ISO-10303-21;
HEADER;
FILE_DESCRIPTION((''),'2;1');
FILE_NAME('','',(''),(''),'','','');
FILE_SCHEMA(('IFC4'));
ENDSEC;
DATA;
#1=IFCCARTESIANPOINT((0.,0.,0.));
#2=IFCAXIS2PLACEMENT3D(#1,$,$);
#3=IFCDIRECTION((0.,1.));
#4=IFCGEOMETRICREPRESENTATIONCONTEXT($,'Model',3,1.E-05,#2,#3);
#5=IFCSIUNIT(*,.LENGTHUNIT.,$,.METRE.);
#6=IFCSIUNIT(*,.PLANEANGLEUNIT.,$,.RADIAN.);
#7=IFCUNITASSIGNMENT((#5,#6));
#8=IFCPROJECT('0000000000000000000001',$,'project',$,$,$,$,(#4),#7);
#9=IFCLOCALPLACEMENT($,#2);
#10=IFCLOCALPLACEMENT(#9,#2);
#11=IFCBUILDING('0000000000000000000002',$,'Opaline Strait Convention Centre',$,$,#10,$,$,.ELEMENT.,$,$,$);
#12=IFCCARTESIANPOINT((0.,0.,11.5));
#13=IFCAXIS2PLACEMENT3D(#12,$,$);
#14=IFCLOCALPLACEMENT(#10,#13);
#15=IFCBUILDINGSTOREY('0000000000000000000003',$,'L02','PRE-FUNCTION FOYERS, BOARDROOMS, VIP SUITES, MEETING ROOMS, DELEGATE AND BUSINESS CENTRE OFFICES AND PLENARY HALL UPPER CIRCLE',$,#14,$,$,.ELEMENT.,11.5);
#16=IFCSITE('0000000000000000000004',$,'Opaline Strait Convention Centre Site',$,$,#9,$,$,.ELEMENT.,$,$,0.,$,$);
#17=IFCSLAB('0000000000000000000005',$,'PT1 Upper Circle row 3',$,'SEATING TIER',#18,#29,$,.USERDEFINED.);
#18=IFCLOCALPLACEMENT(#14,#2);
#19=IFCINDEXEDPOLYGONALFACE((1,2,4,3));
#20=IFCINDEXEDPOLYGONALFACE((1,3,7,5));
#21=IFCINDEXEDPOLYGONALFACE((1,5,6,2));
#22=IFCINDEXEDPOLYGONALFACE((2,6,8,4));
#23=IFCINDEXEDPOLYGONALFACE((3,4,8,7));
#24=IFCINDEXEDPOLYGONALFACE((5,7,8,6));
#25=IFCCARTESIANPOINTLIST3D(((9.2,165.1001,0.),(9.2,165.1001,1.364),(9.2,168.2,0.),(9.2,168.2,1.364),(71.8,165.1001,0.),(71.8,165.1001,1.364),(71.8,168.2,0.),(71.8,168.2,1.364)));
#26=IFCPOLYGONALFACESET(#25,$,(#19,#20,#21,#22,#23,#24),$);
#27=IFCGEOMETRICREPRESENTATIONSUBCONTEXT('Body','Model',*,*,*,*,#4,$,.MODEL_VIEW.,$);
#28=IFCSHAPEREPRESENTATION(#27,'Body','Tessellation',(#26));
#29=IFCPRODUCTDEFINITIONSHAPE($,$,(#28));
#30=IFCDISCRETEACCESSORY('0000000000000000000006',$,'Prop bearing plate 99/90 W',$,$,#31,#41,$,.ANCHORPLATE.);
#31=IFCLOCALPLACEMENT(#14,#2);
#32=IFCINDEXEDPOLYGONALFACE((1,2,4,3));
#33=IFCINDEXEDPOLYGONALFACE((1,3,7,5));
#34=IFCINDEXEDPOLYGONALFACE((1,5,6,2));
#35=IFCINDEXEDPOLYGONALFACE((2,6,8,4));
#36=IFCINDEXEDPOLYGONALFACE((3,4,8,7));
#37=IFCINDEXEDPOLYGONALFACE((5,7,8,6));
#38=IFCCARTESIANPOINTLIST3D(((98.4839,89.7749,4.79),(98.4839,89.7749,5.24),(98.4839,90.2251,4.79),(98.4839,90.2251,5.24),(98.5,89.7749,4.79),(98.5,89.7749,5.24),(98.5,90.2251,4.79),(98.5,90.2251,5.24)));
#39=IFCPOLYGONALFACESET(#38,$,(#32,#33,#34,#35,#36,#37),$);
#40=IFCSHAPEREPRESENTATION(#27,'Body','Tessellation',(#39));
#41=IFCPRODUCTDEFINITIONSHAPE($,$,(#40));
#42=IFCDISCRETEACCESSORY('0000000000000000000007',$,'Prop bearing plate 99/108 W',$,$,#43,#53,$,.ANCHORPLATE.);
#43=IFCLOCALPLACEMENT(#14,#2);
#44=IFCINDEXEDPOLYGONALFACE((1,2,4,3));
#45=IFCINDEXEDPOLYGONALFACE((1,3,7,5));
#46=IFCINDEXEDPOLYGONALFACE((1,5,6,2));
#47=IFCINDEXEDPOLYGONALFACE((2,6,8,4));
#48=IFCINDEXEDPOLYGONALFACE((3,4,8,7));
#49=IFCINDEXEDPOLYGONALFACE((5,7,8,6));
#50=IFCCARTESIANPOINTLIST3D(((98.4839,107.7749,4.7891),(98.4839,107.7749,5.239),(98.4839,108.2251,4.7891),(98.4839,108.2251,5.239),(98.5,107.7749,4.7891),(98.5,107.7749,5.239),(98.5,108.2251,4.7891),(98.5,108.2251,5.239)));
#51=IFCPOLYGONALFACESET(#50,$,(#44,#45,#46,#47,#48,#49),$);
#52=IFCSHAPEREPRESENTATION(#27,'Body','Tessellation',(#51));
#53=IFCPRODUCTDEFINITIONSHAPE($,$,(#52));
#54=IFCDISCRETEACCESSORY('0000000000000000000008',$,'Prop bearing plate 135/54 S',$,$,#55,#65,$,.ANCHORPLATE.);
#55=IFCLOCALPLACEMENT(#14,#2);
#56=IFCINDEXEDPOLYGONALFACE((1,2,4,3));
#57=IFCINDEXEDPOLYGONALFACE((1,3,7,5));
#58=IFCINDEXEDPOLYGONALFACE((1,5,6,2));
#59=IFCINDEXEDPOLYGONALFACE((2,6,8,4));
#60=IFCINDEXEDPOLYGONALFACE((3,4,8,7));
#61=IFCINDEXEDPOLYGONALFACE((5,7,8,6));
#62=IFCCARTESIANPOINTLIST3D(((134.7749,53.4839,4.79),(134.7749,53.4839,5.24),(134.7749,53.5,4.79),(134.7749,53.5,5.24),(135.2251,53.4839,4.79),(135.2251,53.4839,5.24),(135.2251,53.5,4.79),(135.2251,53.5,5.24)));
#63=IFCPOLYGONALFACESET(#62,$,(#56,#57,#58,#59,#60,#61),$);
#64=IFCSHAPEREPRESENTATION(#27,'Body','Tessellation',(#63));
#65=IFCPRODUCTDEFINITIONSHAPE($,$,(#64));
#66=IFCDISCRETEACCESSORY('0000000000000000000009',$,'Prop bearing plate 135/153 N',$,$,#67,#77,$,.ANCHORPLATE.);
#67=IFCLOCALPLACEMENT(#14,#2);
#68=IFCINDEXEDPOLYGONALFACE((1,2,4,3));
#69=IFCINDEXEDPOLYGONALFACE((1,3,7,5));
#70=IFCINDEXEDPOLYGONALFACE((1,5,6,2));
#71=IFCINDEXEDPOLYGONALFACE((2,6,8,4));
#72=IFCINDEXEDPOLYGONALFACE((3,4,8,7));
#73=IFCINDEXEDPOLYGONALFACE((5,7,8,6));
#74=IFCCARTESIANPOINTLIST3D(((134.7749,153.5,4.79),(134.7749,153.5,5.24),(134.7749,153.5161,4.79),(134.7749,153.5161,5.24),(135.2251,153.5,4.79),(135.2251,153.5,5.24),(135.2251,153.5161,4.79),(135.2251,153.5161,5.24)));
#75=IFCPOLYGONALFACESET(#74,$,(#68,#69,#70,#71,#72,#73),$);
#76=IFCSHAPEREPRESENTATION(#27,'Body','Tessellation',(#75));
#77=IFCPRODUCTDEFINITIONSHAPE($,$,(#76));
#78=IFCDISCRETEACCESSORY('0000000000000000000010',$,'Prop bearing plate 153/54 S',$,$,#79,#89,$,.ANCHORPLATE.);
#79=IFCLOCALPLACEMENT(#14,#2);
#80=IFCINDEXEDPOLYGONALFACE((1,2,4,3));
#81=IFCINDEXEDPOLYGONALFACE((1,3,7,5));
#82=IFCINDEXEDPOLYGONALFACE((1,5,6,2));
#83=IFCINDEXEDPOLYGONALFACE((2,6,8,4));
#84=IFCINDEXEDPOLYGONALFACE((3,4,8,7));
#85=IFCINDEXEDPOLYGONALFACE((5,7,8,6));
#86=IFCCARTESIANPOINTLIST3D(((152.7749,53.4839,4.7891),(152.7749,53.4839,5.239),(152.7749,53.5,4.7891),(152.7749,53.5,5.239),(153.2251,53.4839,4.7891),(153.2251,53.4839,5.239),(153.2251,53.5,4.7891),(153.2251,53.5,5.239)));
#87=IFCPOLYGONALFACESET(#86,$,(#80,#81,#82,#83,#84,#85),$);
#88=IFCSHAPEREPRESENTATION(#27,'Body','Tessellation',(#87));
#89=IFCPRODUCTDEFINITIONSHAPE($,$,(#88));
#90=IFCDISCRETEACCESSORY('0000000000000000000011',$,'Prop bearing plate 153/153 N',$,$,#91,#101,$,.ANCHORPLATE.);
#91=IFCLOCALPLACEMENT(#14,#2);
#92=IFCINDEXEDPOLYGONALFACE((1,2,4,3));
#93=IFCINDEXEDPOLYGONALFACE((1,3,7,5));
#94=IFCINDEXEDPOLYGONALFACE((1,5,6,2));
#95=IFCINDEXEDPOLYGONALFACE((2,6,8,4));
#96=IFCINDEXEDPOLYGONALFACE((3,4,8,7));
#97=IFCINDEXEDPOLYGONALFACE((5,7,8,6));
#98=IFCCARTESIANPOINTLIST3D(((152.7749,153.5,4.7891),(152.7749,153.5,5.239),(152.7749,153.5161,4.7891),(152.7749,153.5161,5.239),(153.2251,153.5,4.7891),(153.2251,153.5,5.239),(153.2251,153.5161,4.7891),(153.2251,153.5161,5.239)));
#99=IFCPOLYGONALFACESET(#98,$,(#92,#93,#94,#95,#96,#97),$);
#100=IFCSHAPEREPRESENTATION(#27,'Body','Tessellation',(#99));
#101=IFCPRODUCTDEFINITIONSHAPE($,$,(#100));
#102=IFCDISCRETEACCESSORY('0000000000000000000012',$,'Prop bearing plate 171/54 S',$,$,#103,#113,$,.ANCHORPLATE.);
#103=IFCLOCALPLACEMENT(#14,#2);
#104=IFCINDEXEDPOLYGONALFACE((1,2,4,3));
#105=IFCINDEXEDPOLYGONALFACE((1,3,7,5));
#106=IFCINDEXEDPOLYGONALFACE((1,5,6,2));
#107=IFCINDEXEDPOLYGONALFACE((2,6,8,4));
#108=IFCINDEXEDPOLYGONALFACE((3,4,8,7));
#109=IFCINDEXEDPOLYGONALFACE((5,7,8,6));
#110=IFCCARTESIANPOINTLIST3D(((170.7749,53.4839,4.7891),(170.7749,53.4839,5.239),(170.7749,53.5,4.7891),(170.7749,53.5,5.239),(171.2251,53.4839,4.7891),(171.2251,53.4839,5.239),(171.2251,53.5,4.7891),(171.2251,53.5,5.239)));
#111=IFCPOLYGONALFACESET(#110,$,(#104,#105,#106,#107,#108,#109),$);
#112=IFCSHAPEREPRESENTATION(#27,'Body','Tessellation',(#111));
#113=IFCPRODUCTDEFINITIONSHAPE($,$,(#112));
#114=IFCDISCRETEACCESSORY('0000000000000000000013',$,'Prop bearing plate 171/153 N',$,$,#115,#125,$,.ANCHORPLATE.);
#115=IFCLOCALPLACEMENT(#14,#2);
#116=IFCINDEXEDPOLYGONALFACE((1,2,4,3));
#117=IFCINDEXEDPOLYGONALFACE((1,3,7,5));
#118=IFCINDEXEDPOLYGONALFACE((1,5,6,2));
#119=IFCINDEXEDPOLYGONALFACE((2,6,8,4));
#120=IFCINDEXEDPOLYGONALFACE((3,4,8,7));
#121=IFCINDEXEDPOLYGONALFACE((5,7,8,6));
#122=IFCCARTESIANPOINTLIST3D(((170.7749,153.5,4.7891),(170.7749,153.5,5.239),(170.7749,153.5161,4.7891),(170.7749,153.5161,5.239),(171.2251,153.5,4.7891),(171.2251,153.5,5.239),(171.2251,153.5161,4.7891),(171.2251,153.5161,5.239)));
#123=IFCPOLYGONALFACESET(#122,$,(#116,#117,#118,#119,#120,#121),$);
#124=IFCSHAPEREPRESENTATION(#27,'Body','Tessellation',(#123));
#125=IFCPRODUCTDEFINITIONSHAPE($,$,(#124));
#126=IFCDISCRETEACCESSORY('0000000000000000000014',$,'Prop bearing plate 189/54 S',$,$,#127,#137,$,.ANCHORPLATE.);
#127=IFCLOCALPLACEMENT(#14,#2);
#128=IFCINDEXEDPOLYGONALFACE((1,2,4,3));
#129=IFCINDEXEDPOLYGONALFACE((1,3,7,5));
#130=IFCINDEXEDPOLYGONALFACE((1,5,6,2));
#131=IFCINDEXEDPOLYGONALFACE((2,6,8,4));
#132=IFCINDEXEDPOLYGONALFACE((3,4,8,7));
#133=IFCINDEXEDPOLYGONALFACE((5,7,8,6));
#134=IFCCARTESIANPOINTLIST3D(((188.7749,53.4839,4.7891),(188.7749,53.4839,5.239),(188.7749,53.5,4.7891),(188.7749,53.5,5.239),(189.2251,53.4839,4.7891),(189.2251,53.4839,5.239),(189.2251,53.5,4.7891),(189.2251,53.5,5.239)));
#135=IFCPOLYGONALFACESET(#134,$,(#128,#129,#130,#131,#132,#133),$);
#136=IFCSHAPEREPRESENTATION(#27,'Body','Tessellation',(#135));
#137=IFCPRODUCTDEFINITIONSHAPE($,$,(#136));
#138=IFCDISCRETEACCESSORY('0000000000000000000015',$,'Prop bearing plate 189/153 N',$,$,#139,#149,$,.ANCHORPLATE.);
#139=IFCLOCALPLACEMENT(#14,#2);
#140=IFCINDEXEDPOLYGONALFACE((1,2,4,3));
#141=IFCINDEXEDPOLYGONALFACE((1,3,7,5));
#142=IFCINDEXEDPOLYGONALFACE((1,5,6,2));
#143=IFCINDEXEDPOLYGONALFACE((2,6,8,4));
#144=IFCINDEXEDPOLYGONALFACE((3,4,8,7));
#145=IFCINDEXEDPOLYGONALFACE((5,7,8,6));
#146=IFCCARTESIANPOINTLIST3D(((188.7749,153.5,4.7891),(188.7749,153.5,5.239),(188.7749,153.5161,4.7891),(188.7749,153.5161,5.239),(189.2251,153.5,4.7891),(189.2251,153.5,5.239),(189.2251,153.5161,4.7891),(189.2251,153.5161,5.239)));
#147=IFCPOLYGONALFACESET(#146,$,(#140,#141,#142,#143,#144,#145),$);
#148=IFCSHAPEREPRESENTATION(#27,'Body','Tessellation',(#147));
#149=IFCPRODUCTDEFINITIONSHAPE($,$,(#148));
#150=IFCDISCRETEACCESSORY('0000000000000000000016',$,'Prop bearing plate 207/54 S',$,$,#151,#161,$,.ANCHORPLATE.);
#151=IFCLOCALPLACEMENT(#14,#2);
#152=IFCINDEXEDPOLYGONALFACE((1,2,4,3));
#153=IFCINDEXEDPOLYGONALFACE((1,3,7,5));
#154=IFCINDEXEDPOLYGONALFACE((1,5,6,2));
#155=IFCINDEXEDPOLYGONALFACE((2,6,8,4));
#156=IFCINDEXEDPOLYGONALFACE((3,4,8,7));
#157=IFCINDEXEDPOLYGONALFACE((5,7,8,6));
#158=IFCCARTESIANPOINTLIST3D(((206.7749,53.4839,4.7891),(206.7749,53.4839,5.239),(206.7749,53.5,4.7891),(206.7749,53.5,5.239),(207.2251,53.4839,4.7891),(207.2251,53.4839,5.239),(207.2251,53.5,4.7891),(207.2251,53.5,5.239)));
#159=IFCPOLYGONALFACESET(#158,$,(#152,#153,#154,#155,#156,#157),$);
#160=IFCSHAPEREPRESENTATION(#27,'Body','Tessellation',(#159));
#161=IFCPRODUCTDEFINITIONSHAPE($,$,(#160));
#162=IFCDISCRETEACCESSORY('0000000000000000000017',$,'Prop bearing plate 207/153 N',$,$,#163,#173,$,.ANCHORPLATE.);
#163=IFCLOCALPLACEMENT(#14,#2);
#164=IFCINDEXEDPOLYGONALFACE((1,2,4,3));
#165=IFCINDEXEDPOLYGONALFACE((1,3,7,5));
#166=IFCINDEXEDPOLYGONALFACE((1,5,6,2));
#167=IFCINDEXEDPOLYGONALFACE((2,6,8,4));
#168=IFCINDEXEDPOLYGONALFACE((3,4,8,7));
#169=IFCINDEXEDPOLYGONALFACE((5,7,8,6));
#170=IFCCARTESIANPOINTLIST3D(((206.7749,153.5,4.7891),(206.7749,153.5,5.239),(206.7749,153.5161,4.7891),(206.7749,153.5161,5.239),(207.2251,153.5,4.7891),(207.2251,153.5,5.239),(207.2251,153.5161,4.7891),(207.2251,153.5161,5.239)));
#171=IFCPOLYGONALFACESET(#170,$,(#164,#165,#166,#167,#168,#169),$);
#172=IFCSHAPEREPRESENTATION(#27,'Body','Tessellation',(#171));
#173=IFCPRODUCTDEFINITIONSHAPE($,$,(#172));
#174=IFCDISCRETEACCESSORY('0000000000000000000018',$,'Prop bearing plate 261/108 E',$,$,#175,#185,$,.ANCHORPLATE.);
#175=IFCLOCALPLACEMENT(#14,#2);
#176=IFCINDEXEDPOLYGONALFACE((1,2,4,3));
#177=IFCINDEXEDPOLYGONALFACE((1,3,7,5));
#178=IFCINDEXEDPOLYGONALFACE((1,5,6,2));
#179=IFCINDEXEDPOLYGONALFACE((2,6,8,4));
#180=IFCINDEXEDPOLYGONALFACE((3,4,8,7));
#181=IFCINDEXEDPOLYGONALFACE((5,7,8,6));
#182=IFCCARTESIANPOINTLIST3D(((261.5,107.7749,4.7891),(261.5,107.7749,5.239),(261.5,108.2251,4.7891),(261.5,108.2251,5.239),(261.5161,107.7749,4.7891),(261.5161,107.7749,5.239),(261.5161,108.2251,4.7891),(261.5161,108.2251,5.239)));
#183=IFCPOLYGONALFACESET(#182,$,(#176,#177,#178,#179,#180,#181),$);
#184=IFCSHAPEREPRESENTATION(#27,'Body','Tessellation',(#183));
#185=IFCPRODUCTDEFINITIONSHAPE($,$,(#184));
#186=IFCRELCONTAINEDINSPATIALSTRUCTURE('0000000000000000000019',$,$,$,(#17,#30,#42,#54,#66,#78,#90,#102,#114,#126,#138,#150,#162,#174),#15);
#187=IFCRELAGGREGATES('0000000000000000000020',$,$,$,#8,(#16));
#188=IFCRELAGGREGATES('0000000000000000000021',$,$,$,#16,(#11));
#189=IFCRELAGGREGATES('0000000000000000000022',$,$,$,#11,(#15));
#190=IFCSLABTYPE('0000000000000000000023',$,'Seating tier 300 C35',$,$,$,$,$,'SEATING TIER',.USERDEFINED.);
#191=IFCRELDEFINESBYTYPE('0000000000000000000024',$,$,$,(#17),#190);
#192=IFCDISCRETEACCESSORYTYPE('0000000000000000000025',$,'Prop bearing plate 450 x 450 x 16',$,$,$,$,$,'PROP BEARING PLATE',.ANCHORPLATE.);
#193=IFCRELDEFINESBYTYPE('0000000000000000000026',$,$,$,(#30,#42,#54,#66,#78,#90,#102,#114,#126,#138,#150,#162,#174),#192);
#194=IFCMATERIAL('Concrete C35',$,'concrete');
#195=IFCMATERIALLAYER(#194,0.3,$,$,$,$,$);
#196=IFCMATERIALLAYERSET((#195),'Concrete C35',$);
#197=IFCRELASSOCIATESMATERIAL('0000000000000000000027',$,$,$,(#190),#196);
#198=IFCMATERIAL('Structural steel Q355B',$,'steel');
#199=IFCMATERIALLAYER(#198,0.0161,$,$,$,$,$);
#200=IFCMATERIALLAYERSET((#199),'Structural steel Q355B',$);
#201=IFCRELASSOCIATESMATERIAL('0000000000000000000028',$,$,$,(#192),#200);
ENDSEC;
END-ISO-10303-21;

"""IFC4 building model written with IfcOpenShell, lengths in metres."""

from ifc_helpers import new_model, si_unit, direction, frame, origin, place, context, subcontext, project, spatial, polyline, outline, extrude, material, layer, layer_set, type_object, element, save


model = new_model("IFC4")

# Units and contexts
model_context = context("Model", 3, precision=1e-05, world=origin(), true_north=direction((0.0, 1.0)))
body_context = subcontext(model_context, "Body", "Model", "MODEL_VIEW")
ifc_project = project(units=[si_unit("LENGTHUNIT", "METRE"), si_unit("PLANEANGLEUNIT", "RADIAN")], contexts=[model_context])

# Site, building, storey
site_placement = place(None, origin())
site = spatial("IfcSite", under=ifc_project, at=site_placement, Name="Opaline Strait Convention Centre Site", CompositionType="ELEMENT", RefElevation=0.0)
building_placement = place(site_placement, origin())
building = spatial("IfcBuilding", under=site, at=building_placement, Name="Opaline Strait Convention Centre", CompositionType="ELEMENT")
storey_placement = place(building_placement, frame((0.0, 0.0, 11.5)))
storey = spatial("IfcBuildingStorey", under=building, at=storey_placement, Name="L02", Description="PRE-FUNCTION FOYERS, BOARDROOMS, VIP SUITES, MEETING ROOMS, DELEGATE AND BUSINESS CENTRE OFFICES AND PLENARY HALL UPPER CIRCLE", CompositionType="ELEMENT", Elevation=11.5)

# Slab
ifc_material_1 = material(Name="Concrete C35", Category="concrete")
ifc_layer_1 = layer(ifc_material_1, 0.3)
ifc_layer_set_1 = layer_set([ifc_layer_1], Name="Concrete C35")
slab_type_1 = type_object("IfcSlabType", Name="Seating tier 300 C35", ElementType="SEATING TIER", PredefinedType="USERDEFINED", material=ifc_layer_set_1)
slab_1_placement = place(storey_placement, origin())
element("IfcSlab", 1, at=slab_1_placement, inside=storey, type_object=slab_type_1, Name="PT1 Upper Circle row 3", ObjectType="SEATING TIER", PredefinedType="USERDEFINED", context=body_context, shape_type="SweptSolid", body=[
    extrude(outline(polyline([(9.2, 165.1001), (9.2, 168.2), (71.8, 168.2), (71.8, 165.1001), (9.2, 165.1001)])), origin(), (0.0, 0.0, 1.0), 1.364),
])

# Discrete accessories
ifc_material_2 = material(Name="Structural steel Q355B", Category="steel")
ifc_layer_2 = layer(ifc_material_2, 0.0161)
ifc_layer_set_2 = layer_set([ifc_layer_2], Name="Structural steel Q355B")
discrete_accessory_type_1 = type_object("IfcDiscreteAccessoryType", Name="Prop bearing plate 450 x 450 x 16", ElementType="PROP BEARING PLATE", PredefinedType="ANCHORPLATE", material=ifc_layer_set_2)
discrete_accessory_1_placement = place(storey_placement, frame((0.0, 0.0, 4.79)))
element("IfcDiscreteAccessory", 2, at=discrete_accessory_1_placement, inside=storey, type_object=discrete_accessory_type_1, Name="Prop bearing plate 99/90 W", PredefinedType="ANCHORPLATE", context=body_context, shape_type="SweptSolid", body=[
    extrude(outline(polyline([(98.4839, 89.7749), (98.5, 89.7749), (98.5, 90.2251), (98.4839, 90.2251), (98.4839, 89.7749)])), origin(), (0.0, 0.0, 1.0), 0.45),
])
discrete_accessory_2_placement = place(storey_placement, frame((0.0, 0.0, 4.7891)))
element("IfcDiscreteAccessory", 3, at=discrete_accessory_2_placement, inside=storey, type_object=discrete_accessory_type_1, Name="Prop bearing plate 99/108 W", PredefinedType="ANCHORPLATE", context=body_context, shape_type="SweptSolid", body=[
    extrude(outline(polyline([(98.4839, 107.7749), (98.5, 107.7749), (98.5, 108.2251), (98.4839, 108.2251), (98.4839, 107.7749)])), origin(), (0.0, 0.0, 1.0), 0.45),
])
discrete_accessory_3_placement = place(storey_placement, frame((0.0, 0.0, 4.79)))
element("IfcDiscreteAccessory", 4, at=discrete_accessory_3_placement, inside=storey, type_object=discrete_accessory_type_1, Name="Prop bearing plate 135/54 S", PredefinedType="ANCHORPLATE", context=body_context, shape_type="SweptSolid", body=[
    extrude(outline(polyline([(134.7749, 53.4839), (135.2251, 53.4839), (135.2251, 53.5), (134.7749, 53.5), (134.7749, 53.4839)])), origin(), (0.0, 0.0, 1.0), 0.45),
])
discrete_accessory_4_placement = place(storey_placement, frame((0.0, 0.0, 4.79)))
element("IfcDiscreteAccessory", 5, at=discrete_accessory_4_placement, inside=storey, type_object=discrete_accessory_type_1, Name="Prop bearing plate 135/153 N", PredefinedType="ANCHORPLATE", context=body_context, shape_type="SweptSolid", body=[
    extrude(outline(polyline([(134.7749, 153.5), (135.2251, 153.5), (135.2251, 153.5161), (134.7749, 153.5161), (134.7749, 153.5)])), origin(), (0.0, 0.0, 1.0), 0.45),
])
discrete_accessory_5_placement = place(storey_placement, frame((0.0, 0.0, 4.7891)))
element("IfcDiscreteAccessory", 6, at=discrete_accessory_5_placement, inside=storey, type_object=discrete_accessory_type_1, Name="Prop bearing plate 153/54 S", PredefinedType="ANCHORPLATE", context=body_context, shape_type="SweptSolid", body=[
    extrude(outline(polyline([(152.7749, 53.4839), (153.2251, 53.4839), (153.2251, 53.5), (152.7749, 53.5), (152.7749, 53.4839)])), origin(), (0.0, 0.0, 1.0), 0.45),
])
discrete_accessory_6_placement = place(storey_placement, frame((0.0, 0.0, 4.7891)))
element("IfcDiscreteAccessory", 7, at=discrete_accessory_6_placement, inside=storey, type_object=discrete_accessory_type_1, Name="Prop bearing plate 153/153 N", PredefinedType="ANCHORPLATE", context=body_context, shape_type="SweptSolid", body=[
    extrude(outline(polyline([(152.7749, 153.5), (153.2251, 153.5), (153.2251, 153.5161), (152.7749, 153.5161), (152.7749, 153.5)])), origin(), (0.0, 0.0, 1.0), 0.45),
])
discrete_accessory_7_placement = place(storey_placement, frame((0.0, 0.0, 4.7891)))
element("IfcDiscreteAccessory", 8, at=discrete_accessory_7_placement, inside=storey, type_object=discrete_accessory_type_1, Name="Prop bearing plate 171/54 S", PredefinedType="ANCHORPLATE", context=body_context, shape_type="SweptSolid", body=[
    extrude(outline(polyline([(170.7749, 53.4839), (171.2251, 53.4839), (171.2251, 53.5), (170.7749, 53.5), (170.7749, 53.4839)])), origin(), (0.0, 0.0, 1.0), 0.45),
])
discrete_accessory_8_placement = place(storey_placement, frame((0.0, 0.0, 4.7891)))
element("IfcDiscreteAccessory", 9, at=discrete_accessory_8_placement, inside=storey, type_object=discrete_accessory_type_1, Name="Prop bearing plate 171/153 N", PredefinedType="ANCHORPLATE", context=body_context, shape_type="SweptSolid", body=[
    extrude(outline(polyline([(170.7749, 153.5), (171.2251, 153.5), (171.2251, 153.5161), (170.7749, 153.5161), (170.7749, 153.5)])), origin(), (0.0, 0.0, 1.0), 0.45),
])
discrete_accessory_9_placement = place(storey_placement, frame((0.0, 0.0, 4.7891)))
element("IfcDiscreteAccessory", 10, at=discrete_accessory_9_placement, inside=storey, type_object=discrete_accessory_type_1, Name="Prop bearing plate 189/54 S", PredefinedType="ANCHORPLATE", context=body_context, shape_type="SweptSolid", body=[
    extrude(outline(polyline([(188.7749, 53.4839), (189.2251, 53.4839), (189.2251, 53.5), (188.7749, 53.5), (188.7749, 53.4839)])), origin(), (0.0, 0.0, 1.0), 0.45),
])
discrete_accessory_10_placement = place(storey_placement, frame((0.0, 0.0, 4.7891)))
element("IfcDiscreteAccessory", 11, at=discrete_accessory_10_placement, inside=storey, type_object=discrete_accessory_type_1, Name="Prop bearing plate 189/153 N", PredefinedType="ANCHORPLATE", context=body_context, shape_type="SweptSolid", body=[
    extrude(outline(polyline([(188.7749, 153.5), (189.2251, 153.5), (189.2251, 153.5161), (188.7749, 153.5161), (188.7749, 153.5)])), origin(), (0.0, 0.0, 1.0), 0.45),
])
discrete_accessory_11_placement = place(storey_placement, frame((0.0, 0.0, 4.7891)))
element("IfcDiscreteAccessory", 12, at=discrete_accessory_11_placement, inside=storey, type_object=discrete_accessory_type_1, Name="Prop bearing plate 207/54 S", PredefinedType="ANCHORPLATE", context=body_context, shape_type="SweptSolid", body=[
    extrude(outline(polyline([(206.7749, 53.4839), (207.2251, 53.4839), (207.2251, 53.5), (206.7749, 53.5), (206.7749, 53.4839)])), origin(), (0.0, 0.0, 1.0), 0.45),
])
discrete_accessory_12_placement = place(storey_placement, frame((0.0, 0.0, 4.7891)))
element("IfcDiscreteAccessory", 13, at=discrete_accessory_12_placement, inside=storey, type_object=discrete_accessory_type_1, Name="Prop bearing plate 207/153 N", PredefinedType="ANCHORPLATE", context=body_context, shape_type="SweptSolid", body=[
    extrude(outline(polyline([(206.7749, 153.5), (207.2251, 153.5), (207.2251, 153.5161), (206.7749, 153.5161), (206.7749, 153.5)])), origin(), (0.0, 0.0, 1.0), 0.45),
])
discrete_accessory_13_placement = place(storey_placement, frame((0.0, 0.0, 4.7891)))
element("IfcDiscreteAccessory", 14, at=discrete_accessory_13_placement, inside=storey, type_object=discrete_accessory_type_1, Name="Prop bearing plate 261/108 E", PredefinedType="ANCHORPLATE", context=body_context, shape_type="SweptSolid", body=[
    extrude(outline(polyline([(261.5, 107.7749), (261.5161, 107.7749), (261.5161, 108.2251), (261.5, 108.2251), (261.5, 107.7749)])), origin(), (0.0, 0.0, 1.0), 0.45),
])

save(model, "model.ifc")
